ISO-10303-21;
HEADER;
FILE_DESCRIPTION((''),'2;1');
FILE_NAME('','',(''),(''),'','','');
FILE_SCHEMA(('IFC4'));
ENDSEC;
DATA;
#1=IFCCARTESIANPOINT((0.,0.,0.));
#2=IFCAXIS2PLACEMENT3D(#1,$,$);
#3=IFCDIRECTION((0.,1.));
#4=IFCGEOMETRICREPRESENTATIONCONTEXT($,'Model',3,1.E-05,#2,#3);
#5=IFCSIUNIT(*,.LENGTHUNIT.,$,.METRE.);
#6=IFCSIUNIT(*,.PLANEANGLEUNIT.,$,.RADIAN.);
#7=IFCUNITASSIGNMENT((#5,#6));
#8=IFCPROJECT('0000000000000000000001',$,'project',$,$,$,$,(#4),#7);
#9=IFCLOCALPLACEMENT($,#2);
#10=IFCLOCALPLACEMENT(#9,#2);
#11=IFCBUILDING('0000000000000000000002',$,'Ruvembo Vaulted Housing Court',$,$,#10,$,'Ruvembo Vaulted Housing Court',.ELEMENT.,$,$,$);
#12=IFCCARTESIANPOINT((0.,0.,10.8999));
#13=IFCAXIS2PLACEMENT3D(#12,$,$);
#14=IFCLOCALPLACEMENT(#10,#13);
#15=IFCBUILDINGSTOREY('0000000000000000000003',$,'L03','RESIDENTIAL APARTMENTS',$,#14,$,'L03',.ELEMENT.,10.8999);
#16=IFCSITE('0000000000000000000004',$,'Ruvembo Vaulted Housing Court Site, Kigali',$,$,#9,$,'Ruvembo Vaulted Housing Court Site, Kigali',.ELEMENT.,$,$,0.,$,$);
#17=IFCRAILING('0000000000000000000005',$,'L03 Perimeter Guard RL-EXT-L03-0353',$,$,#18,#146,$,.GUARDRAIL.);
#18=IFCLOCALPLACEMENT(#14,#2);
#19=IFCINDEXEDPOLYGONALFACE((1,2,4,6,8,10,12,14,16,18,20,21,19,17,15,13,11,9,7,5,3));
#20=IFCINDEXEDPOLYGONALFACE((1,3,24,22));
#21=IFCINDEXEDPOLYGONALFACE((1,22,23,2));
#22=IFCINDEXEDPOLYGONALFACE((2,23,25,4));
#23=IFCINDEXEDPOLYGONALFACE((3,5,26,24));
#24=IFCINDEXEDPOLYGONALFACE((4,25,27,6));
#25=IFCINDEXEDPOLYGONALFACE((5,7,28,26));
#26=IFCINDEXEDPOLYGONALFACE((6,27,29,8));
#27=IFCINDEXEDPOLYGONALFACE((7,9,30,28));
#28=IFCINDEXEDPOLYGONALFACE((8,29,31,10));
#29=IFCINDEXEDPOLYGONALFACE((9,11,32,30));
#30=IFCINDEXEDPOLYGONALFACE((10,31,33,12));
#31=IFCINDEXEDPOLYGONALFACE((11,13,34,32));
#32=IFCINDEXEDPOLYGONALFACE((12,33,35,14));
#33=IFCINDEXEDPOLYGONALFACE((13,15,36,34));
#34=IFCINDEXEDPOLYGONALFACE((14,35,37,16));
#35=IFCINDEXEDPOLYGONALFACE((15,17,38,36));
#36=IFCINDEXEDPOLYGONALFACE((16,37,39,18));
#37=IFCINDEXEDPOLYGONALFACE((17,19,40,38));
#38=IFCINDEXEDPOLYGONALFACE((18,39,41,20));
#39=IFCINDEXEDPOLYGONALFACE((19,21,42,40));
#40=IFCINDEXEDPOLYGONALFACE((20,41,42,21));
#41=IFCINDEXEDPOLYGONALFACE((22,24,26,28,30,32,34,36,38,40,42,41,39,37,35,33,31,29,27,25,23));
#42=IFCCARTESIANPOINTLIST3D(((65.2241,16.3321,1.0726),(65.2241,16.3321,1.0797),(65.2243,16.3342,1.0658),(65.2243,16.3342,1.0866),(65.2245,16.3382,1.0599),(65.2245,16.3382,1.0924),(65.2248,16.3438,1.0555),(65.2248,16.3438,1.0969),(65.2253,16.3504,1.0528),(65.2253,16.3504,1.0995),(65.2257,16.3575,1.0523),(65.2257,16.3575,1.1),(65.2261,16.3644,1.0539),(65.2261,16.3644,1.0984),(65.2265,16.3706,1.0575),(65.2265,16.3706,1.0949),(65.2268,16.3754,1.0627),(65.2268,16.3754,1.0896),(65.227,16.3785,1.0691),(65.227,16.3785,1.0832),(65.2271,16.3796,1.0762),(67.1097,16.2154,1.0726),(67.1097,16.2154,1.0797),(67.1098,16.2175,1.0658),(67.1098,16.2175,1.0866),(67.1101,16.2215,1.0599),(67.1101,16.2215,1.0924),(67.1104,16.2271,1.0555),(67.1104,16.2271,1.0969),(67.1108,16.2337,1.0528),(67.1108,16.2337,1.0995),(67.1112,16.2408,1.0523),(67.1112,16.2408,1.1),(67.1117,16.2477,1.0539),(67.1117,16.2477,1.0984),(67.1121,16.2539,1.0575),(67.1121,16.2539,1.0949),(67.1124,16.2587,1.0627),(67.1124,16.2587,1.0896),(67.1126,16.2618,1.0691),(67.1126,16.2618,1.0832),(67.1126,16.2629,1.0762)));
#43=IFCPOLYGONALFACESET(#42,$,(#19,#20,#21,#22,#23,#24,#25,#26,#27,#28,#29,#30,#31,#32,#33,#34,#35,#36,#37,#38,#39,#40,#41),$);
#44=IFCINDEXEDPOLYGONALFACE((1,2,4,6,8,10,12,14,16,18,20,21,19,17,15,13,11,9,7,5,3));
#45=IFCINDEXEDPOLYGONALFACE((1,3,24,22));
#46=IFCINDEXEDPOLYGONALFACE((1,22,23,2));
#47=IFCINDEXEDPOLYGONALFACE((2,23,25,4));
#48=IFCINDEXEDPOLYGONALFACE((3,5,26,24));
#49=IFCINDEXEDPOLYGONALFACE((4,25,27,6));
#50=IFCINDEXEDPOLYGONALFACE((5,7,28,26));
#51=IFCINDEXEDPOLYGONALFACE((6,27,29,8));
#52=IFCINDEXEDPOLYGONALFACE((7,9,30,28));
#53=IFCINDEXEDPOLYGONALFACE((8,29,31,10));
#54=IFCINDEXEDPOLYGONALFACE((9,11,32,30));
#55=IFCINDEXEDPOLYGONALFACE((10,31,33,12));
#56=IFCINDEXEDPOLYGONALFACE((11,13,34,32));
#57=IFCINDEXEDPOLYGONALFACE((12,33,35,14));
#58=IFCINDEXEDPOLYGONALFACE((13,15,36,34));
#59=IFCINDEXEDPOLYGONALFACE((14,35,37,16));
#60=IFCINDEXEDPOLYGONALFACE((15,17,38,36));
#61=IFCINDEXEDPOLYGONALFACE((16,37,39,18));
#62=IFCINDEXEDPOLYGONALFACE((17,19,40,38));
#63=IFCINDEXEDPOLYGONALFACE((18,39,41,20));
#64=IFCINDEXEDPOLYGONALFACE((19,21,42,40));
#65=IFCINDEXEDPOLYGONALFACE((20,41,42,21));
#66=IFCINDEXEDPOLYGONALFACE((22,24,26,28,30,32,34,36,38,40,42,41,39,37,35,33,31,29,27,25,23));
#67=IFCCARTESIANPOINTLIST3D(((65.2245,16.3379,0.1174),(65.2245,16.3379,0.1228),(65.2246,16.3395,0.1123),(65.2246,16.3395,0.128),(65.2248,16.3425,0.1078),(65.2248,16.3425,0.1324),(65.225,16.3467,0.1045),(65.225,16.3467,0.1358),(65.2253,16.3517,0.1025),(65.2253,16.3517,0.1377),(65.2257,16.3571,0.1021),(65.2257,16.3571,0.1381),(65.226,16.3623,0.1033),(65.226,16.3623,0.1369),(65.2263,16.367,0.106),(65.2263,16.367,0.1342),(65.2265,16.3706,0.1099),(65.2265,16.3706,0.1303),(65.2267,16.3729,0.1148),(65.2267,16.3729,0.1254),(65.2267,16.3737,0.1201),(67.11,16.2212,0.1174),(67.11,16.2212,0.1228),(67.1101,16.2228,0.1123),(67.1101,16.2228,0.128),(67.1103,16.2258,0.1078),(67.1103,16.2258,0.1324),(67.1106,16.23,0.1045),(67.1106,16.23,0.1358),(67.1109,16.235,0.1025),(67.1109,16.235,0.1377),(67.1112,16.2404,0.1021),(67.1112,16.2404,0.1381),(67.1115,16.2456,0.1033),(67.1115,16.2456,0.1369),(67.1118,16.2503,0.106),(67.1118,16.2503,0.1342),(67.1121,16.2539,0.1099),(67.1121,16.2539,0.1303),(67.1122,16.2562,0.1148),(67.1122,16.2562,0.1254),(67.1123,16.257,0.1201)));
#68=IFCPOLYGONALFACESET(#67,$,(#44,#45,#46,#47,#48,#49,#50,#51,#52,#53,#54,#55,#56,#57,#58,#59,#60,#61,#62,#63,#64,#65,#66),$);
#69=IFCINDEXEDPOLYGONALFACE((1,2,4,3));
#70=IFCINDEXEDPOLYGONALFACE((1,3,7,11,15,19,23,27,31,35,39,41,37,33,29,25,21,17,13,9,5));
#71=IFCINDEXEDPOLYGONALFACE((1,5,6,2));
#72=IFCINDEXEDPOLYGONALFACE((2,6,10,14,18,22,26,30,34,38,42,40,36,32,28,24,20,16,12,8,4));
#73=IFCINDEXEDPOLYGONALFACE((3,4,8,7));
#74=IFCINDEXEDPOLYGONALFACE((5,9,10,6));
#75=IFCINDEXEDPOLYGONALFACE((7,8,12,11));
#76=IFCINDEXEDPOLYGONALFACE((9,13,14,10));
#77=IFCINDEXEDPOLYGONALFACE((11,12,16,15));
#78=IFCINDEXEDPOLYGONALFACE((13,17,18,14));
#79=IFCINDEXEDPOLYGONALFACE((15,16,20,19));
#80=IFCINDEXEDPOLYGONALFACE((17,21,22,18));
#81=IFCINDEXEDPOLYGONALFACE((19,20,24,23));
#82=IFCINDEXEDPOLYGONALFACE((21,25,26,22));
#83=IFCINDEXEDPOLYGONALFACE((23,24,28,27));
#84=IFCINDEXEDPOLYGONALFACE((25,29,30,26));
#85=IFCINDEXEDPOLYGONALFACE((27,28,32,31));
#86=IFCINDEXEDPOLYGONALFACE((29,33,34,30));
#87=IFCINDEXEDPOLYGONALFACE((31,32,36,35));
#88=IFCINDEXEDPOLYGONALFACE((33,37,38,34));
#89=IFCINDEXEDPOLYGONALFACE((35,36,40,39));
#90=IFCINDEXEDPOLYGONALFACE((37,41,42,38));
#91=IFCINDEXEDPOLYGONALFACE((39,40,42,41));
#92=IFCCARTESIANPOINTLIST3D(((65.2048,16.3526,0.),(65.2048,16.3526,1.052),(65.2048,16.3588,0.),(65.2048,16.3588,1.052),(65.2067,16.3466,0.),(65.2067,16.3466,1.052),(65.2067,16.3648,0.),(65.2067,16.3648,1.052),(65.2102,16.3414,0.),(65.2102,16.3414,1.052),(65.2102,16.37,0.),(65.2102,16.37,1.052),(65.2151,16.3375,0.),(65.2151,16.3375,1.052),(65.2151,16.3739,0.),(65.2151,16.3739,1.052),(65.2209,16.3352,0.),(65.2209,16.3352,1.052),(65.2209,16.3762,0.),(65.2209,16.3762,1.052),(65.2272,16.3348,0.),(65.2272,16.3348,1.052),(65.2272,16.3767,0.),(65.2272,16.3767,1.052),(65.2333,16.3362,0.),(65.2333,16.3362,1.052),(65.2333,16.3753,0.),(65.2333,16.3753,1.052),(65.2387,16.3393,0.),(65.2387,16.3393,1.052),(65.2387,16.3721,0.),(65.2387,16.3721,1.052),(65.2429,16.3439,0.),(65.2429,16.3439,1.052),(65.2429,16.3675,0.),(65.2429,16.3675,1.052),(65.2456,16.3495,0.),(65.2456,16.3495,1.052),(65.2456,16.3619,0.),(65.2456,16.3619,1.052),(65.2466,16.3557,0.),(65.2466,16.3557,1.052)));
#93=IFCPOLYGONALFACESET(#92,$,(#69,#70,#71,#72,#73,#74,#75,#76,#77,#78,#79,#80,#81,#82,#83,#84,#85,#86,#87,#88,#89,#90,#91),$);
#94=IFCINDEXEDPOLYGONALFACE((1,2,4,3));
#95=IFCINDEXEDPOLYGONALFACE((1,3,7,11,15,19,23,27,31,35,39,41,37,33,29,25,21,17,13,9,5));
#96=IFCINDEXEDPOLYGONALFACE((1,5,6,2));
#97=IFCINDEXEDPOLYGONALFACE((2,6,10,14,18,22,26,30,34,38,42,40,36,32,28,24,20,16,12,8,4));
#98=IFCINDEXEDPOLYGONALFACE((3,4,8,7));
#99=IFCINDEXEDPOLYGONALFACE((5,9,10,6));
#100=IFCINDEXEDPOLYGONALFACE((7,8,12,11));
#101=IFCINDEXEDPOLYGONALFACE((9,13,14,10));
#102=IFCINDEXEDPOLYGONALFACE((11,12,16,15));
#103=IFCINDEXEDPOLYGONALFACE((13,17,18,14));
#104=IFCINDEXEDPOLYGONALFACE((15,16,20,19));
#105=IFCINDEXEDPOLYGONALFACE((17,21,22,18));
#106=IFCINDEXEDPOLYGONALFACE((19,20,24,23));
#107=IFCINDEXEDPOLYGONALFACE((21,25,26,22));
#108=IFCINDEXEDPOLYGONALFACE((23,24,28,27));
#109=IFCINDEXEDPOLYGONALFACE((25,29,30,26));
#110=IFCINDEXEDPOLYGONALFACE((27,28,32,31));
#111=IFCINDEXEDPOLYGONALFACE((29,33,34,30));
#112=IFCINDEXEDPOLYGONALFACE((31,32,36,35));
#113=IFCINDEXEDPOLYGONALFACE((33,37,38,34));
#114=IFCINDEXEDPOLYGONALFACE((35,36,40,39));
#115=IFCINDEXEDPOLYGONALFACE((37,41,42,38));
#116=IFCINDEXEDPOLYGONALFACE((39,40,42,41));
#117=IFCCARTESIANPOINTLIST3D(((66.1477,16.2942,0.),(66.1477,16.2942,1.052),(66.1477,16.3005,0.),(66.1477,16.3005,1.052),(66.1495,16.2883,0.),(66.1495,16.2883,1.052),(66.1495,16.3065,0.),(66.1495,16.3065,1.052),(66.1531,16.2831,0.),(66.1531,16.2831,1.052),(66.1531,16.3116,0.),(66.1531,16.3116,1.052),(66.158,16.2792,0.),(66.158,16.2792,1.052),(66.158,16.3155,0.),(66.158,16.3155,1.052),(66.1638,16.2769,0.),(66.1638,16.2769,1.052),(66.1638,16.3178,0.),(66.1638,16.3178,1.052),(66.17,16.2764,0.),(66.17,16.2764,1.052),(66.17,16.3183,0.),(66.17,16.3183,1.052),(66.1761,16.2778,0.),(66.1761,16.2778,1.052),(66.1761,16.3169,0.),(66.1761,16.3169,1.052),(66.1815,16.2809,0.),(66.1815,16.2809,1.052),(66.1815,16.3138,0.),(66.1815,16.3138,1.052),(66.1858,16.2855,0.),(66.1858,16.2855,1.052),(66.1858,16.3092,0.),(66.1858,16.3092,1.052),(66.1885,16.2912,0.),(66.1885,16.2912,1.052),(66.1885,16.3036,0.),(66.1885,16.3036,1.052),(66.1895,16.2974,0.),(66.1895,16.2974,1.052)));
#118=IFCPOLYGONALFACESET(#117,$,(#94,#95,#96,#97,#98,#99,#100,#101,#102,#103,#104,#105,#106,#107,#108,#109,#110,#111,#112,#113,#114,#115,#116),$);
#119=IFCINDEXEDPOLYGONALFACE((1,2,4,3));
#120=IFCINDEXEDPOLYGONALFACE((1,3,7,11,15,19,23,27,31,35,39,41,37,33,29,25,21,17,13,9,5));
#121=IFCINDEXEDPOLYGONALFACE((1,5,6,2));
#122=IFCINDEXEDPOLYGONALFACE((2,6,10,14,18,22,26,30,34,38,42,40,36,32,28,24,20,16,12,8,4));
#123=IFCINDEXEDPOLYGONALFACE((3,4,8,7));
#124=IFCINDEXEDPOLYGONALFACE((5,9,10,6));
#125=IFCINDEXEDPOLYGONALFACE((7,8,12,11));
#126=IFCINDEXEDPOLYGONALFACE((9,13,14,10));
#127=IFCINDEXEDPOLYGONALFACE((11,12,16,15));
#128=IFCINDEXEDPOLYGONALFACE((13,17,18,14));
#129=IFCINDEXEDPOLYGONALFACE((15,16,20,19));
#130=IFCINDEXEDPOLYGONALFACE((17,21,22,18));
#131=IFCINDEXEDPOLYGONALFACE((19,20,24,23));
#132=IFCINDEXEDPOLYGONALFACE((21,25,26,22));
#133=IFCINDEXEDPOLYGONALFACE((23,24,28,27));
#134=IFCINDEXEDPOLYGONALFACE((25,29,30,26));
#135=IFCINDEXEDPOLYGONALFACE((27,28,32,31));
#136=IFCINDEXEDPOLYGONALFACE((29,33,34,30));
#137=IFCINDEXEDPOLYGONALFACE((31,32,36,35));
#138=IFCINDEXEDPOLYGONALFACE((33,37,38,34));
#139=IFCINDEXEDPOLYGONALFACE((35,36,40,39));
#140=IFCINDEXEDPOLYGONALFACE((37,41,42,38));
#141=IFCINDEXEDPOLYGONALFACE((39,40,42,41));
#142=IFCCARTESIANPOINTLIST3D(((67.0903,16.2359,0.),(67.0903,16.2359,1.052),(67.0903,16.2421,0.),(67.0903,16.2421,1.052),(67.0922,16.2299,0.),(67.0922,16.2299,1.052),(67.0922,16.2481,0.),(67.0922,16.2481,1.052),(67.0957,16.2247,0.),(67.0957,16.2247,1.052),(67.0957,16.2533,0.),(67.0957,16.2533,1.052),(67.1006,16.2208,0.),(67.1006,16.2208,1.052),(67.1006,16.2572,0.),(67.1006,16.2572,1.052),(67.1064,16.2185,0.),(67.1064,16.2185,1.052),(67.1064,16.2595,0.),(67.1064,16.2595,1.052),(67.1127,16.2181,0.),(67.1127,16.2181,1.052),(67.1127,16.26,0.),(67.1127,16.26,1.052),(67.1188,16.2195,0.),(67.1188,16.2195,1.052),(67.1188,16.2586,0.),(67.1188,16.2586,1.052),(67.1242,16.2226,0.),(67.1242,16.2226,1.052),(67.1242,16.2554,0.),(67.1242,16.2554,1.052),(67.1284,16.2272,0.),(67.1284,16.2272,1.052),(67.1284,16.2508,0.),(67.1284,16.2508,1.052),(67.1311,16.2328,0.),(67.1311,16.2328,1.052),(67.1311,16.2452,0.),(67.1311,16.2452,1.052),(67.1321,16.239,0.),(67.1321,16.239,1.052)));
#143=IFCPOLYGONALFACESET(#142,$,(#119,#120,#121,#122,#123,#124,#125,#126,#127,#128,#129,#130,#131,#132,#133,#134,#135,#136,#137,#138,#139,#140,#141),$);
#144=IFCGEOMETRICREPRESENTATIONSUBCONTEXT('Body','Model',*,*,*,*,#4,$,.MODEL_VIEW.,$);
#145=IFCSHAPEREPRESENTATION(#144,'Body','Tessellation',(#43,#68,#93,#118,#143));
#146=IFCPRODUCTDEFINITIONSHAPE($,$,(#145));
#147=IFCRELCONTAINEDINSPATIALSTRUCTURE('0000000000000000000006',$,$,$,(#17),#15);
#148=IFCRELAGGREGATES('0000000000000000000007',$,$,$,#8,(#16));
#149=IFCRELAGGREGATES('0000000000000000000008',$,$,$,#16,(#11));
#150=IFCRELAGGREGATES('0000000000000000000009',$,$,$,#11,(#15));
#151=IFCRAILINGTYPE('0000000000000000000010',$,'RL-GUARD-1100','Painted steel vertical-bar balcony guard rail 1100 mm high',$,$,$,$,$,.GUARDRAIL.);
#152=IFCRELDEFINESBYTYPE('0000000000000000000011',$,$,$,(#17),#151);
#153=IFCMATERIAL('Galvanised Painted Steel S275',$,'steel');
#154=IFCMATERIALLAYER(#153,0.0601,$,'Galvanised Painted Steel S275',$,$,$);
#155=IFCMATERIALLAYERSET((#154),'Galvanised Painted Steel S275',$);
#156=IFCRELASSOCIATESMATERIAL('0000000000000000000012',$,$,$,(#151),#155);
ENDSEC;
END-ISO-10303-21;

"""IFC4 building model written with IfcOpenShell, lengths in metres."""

from ifc_helpers import new_model, si_unit, direction, frame, origin, origin_2d, place, context, subcontext, project, spatial, circle, extrude, material, layer, layer_set, type_object, element, save


model = new_model("IFC4")

# Units and contexts
model_context = context("Model", 3, precision=1e-05, world=origin(), true_north=direction((0.0, 1.0)))
body_context = subcontext(model_context, "Body", "Model", "MODEL_VIEW")
ifc_project = project(units=[si_unit("LENGTHUNIT", "METRE"), si_unit("PLANEANGLEUNIT", "RADIAN")], contexts=[model_context])

# Site, building, storey
site_placement = place(None, origin())
site = spatial("IfcSite", under=ifc_project, at=site_placement, Name="Ruvembo Vaulted Housing Court Site, Kigali", LongName="Ruvembo Vaulted Housing Court Site, Kigali", CompositionType="ELEMENT", RefElevation=0.0)
building_placement = place(site_placement, origin())
building = spatial("IfcBuilding", under=site, at=building_placement, Name="Ruvembo Vaulted Housing Court", LongName="Ruvembo Vaulted Housing Court", CompositionType="ELEMENT")
storey_placement = place(building_placement, frame((0.0, 0.0, 10.8999)))
storey = spatial("IfcBuildingStorey", under=building, at=storey_placement, Name="L03", Description="RESIDENTIAL APARTMENTS", LongName="L03", CompositionType="ELEMENT", Elevation=10.8999)

# Railing
ifc_material_1 = material(Name="Galvanised Painted Steel S275", Category="steel")
ifc_layer = layer(ifc_material_1, 0.0601, Name="Galvanised Painted Steel S275")
ifc_layer_set = layer_set([ifc_layer], Name="Galvanised Painted Steel S275")
railing_type = type_object("IfcRailingType", Name="RL-GUARD-1100", Description="Painted steel vertical-bar balcony guard rail 1100 mm high", PredefinedType="GUARDRAIL", material=ifc_layer_set)
railing_1_placement = place(storey_placement, frame((65.2256, 16.3557, 0.0)))
element("IfcRailing", 1, at=railing_1_placement, inside=storey, type_object=railing_type, Name="L03 Perimeter Guard RL-EXT-L03-0353", PredefinedType="GUARDRAIL", context=body_context, shape_type="SweptSolid", body=[
    extrude(circle(Radius=0.0239, at=origin_2d()), frame((0.0, 0.0, 1.0762), z_axis=(0.99809, -0.061775, 0.0), x_axis=(0.061775, 0.99809, 0.0)), (0.0, 0.0, 1.0), 1.8892),
    extrude(circle(Radius=0.0181, at=origin_2d()), frame((0.0, 0.0, 0.1201), z_axis=(0.99809, -0.061775, 0.0), x_axis=(0.061775, 0.99809, 0.0)), (0.0, 0.0, 1.0), 1.8892),
    extrude(circle(Radius=0.021, at=origin_2d()), origin(), (0.0, 0.0, 1.0), 1.052),
    extrude(circle(Radius=0.021, at=origin_2d()), frame((0.9429, -0.0583, 0.0)), (0.0, 0.0, 1.0), 1.052),
    extrude(circle(Radius=0.021, at=origin_2d()), frame((1.8855, -0.1167, 0.0)), (0.0, 0.0, 1.0), 1.052),
])

save(model, "model.ifc")
